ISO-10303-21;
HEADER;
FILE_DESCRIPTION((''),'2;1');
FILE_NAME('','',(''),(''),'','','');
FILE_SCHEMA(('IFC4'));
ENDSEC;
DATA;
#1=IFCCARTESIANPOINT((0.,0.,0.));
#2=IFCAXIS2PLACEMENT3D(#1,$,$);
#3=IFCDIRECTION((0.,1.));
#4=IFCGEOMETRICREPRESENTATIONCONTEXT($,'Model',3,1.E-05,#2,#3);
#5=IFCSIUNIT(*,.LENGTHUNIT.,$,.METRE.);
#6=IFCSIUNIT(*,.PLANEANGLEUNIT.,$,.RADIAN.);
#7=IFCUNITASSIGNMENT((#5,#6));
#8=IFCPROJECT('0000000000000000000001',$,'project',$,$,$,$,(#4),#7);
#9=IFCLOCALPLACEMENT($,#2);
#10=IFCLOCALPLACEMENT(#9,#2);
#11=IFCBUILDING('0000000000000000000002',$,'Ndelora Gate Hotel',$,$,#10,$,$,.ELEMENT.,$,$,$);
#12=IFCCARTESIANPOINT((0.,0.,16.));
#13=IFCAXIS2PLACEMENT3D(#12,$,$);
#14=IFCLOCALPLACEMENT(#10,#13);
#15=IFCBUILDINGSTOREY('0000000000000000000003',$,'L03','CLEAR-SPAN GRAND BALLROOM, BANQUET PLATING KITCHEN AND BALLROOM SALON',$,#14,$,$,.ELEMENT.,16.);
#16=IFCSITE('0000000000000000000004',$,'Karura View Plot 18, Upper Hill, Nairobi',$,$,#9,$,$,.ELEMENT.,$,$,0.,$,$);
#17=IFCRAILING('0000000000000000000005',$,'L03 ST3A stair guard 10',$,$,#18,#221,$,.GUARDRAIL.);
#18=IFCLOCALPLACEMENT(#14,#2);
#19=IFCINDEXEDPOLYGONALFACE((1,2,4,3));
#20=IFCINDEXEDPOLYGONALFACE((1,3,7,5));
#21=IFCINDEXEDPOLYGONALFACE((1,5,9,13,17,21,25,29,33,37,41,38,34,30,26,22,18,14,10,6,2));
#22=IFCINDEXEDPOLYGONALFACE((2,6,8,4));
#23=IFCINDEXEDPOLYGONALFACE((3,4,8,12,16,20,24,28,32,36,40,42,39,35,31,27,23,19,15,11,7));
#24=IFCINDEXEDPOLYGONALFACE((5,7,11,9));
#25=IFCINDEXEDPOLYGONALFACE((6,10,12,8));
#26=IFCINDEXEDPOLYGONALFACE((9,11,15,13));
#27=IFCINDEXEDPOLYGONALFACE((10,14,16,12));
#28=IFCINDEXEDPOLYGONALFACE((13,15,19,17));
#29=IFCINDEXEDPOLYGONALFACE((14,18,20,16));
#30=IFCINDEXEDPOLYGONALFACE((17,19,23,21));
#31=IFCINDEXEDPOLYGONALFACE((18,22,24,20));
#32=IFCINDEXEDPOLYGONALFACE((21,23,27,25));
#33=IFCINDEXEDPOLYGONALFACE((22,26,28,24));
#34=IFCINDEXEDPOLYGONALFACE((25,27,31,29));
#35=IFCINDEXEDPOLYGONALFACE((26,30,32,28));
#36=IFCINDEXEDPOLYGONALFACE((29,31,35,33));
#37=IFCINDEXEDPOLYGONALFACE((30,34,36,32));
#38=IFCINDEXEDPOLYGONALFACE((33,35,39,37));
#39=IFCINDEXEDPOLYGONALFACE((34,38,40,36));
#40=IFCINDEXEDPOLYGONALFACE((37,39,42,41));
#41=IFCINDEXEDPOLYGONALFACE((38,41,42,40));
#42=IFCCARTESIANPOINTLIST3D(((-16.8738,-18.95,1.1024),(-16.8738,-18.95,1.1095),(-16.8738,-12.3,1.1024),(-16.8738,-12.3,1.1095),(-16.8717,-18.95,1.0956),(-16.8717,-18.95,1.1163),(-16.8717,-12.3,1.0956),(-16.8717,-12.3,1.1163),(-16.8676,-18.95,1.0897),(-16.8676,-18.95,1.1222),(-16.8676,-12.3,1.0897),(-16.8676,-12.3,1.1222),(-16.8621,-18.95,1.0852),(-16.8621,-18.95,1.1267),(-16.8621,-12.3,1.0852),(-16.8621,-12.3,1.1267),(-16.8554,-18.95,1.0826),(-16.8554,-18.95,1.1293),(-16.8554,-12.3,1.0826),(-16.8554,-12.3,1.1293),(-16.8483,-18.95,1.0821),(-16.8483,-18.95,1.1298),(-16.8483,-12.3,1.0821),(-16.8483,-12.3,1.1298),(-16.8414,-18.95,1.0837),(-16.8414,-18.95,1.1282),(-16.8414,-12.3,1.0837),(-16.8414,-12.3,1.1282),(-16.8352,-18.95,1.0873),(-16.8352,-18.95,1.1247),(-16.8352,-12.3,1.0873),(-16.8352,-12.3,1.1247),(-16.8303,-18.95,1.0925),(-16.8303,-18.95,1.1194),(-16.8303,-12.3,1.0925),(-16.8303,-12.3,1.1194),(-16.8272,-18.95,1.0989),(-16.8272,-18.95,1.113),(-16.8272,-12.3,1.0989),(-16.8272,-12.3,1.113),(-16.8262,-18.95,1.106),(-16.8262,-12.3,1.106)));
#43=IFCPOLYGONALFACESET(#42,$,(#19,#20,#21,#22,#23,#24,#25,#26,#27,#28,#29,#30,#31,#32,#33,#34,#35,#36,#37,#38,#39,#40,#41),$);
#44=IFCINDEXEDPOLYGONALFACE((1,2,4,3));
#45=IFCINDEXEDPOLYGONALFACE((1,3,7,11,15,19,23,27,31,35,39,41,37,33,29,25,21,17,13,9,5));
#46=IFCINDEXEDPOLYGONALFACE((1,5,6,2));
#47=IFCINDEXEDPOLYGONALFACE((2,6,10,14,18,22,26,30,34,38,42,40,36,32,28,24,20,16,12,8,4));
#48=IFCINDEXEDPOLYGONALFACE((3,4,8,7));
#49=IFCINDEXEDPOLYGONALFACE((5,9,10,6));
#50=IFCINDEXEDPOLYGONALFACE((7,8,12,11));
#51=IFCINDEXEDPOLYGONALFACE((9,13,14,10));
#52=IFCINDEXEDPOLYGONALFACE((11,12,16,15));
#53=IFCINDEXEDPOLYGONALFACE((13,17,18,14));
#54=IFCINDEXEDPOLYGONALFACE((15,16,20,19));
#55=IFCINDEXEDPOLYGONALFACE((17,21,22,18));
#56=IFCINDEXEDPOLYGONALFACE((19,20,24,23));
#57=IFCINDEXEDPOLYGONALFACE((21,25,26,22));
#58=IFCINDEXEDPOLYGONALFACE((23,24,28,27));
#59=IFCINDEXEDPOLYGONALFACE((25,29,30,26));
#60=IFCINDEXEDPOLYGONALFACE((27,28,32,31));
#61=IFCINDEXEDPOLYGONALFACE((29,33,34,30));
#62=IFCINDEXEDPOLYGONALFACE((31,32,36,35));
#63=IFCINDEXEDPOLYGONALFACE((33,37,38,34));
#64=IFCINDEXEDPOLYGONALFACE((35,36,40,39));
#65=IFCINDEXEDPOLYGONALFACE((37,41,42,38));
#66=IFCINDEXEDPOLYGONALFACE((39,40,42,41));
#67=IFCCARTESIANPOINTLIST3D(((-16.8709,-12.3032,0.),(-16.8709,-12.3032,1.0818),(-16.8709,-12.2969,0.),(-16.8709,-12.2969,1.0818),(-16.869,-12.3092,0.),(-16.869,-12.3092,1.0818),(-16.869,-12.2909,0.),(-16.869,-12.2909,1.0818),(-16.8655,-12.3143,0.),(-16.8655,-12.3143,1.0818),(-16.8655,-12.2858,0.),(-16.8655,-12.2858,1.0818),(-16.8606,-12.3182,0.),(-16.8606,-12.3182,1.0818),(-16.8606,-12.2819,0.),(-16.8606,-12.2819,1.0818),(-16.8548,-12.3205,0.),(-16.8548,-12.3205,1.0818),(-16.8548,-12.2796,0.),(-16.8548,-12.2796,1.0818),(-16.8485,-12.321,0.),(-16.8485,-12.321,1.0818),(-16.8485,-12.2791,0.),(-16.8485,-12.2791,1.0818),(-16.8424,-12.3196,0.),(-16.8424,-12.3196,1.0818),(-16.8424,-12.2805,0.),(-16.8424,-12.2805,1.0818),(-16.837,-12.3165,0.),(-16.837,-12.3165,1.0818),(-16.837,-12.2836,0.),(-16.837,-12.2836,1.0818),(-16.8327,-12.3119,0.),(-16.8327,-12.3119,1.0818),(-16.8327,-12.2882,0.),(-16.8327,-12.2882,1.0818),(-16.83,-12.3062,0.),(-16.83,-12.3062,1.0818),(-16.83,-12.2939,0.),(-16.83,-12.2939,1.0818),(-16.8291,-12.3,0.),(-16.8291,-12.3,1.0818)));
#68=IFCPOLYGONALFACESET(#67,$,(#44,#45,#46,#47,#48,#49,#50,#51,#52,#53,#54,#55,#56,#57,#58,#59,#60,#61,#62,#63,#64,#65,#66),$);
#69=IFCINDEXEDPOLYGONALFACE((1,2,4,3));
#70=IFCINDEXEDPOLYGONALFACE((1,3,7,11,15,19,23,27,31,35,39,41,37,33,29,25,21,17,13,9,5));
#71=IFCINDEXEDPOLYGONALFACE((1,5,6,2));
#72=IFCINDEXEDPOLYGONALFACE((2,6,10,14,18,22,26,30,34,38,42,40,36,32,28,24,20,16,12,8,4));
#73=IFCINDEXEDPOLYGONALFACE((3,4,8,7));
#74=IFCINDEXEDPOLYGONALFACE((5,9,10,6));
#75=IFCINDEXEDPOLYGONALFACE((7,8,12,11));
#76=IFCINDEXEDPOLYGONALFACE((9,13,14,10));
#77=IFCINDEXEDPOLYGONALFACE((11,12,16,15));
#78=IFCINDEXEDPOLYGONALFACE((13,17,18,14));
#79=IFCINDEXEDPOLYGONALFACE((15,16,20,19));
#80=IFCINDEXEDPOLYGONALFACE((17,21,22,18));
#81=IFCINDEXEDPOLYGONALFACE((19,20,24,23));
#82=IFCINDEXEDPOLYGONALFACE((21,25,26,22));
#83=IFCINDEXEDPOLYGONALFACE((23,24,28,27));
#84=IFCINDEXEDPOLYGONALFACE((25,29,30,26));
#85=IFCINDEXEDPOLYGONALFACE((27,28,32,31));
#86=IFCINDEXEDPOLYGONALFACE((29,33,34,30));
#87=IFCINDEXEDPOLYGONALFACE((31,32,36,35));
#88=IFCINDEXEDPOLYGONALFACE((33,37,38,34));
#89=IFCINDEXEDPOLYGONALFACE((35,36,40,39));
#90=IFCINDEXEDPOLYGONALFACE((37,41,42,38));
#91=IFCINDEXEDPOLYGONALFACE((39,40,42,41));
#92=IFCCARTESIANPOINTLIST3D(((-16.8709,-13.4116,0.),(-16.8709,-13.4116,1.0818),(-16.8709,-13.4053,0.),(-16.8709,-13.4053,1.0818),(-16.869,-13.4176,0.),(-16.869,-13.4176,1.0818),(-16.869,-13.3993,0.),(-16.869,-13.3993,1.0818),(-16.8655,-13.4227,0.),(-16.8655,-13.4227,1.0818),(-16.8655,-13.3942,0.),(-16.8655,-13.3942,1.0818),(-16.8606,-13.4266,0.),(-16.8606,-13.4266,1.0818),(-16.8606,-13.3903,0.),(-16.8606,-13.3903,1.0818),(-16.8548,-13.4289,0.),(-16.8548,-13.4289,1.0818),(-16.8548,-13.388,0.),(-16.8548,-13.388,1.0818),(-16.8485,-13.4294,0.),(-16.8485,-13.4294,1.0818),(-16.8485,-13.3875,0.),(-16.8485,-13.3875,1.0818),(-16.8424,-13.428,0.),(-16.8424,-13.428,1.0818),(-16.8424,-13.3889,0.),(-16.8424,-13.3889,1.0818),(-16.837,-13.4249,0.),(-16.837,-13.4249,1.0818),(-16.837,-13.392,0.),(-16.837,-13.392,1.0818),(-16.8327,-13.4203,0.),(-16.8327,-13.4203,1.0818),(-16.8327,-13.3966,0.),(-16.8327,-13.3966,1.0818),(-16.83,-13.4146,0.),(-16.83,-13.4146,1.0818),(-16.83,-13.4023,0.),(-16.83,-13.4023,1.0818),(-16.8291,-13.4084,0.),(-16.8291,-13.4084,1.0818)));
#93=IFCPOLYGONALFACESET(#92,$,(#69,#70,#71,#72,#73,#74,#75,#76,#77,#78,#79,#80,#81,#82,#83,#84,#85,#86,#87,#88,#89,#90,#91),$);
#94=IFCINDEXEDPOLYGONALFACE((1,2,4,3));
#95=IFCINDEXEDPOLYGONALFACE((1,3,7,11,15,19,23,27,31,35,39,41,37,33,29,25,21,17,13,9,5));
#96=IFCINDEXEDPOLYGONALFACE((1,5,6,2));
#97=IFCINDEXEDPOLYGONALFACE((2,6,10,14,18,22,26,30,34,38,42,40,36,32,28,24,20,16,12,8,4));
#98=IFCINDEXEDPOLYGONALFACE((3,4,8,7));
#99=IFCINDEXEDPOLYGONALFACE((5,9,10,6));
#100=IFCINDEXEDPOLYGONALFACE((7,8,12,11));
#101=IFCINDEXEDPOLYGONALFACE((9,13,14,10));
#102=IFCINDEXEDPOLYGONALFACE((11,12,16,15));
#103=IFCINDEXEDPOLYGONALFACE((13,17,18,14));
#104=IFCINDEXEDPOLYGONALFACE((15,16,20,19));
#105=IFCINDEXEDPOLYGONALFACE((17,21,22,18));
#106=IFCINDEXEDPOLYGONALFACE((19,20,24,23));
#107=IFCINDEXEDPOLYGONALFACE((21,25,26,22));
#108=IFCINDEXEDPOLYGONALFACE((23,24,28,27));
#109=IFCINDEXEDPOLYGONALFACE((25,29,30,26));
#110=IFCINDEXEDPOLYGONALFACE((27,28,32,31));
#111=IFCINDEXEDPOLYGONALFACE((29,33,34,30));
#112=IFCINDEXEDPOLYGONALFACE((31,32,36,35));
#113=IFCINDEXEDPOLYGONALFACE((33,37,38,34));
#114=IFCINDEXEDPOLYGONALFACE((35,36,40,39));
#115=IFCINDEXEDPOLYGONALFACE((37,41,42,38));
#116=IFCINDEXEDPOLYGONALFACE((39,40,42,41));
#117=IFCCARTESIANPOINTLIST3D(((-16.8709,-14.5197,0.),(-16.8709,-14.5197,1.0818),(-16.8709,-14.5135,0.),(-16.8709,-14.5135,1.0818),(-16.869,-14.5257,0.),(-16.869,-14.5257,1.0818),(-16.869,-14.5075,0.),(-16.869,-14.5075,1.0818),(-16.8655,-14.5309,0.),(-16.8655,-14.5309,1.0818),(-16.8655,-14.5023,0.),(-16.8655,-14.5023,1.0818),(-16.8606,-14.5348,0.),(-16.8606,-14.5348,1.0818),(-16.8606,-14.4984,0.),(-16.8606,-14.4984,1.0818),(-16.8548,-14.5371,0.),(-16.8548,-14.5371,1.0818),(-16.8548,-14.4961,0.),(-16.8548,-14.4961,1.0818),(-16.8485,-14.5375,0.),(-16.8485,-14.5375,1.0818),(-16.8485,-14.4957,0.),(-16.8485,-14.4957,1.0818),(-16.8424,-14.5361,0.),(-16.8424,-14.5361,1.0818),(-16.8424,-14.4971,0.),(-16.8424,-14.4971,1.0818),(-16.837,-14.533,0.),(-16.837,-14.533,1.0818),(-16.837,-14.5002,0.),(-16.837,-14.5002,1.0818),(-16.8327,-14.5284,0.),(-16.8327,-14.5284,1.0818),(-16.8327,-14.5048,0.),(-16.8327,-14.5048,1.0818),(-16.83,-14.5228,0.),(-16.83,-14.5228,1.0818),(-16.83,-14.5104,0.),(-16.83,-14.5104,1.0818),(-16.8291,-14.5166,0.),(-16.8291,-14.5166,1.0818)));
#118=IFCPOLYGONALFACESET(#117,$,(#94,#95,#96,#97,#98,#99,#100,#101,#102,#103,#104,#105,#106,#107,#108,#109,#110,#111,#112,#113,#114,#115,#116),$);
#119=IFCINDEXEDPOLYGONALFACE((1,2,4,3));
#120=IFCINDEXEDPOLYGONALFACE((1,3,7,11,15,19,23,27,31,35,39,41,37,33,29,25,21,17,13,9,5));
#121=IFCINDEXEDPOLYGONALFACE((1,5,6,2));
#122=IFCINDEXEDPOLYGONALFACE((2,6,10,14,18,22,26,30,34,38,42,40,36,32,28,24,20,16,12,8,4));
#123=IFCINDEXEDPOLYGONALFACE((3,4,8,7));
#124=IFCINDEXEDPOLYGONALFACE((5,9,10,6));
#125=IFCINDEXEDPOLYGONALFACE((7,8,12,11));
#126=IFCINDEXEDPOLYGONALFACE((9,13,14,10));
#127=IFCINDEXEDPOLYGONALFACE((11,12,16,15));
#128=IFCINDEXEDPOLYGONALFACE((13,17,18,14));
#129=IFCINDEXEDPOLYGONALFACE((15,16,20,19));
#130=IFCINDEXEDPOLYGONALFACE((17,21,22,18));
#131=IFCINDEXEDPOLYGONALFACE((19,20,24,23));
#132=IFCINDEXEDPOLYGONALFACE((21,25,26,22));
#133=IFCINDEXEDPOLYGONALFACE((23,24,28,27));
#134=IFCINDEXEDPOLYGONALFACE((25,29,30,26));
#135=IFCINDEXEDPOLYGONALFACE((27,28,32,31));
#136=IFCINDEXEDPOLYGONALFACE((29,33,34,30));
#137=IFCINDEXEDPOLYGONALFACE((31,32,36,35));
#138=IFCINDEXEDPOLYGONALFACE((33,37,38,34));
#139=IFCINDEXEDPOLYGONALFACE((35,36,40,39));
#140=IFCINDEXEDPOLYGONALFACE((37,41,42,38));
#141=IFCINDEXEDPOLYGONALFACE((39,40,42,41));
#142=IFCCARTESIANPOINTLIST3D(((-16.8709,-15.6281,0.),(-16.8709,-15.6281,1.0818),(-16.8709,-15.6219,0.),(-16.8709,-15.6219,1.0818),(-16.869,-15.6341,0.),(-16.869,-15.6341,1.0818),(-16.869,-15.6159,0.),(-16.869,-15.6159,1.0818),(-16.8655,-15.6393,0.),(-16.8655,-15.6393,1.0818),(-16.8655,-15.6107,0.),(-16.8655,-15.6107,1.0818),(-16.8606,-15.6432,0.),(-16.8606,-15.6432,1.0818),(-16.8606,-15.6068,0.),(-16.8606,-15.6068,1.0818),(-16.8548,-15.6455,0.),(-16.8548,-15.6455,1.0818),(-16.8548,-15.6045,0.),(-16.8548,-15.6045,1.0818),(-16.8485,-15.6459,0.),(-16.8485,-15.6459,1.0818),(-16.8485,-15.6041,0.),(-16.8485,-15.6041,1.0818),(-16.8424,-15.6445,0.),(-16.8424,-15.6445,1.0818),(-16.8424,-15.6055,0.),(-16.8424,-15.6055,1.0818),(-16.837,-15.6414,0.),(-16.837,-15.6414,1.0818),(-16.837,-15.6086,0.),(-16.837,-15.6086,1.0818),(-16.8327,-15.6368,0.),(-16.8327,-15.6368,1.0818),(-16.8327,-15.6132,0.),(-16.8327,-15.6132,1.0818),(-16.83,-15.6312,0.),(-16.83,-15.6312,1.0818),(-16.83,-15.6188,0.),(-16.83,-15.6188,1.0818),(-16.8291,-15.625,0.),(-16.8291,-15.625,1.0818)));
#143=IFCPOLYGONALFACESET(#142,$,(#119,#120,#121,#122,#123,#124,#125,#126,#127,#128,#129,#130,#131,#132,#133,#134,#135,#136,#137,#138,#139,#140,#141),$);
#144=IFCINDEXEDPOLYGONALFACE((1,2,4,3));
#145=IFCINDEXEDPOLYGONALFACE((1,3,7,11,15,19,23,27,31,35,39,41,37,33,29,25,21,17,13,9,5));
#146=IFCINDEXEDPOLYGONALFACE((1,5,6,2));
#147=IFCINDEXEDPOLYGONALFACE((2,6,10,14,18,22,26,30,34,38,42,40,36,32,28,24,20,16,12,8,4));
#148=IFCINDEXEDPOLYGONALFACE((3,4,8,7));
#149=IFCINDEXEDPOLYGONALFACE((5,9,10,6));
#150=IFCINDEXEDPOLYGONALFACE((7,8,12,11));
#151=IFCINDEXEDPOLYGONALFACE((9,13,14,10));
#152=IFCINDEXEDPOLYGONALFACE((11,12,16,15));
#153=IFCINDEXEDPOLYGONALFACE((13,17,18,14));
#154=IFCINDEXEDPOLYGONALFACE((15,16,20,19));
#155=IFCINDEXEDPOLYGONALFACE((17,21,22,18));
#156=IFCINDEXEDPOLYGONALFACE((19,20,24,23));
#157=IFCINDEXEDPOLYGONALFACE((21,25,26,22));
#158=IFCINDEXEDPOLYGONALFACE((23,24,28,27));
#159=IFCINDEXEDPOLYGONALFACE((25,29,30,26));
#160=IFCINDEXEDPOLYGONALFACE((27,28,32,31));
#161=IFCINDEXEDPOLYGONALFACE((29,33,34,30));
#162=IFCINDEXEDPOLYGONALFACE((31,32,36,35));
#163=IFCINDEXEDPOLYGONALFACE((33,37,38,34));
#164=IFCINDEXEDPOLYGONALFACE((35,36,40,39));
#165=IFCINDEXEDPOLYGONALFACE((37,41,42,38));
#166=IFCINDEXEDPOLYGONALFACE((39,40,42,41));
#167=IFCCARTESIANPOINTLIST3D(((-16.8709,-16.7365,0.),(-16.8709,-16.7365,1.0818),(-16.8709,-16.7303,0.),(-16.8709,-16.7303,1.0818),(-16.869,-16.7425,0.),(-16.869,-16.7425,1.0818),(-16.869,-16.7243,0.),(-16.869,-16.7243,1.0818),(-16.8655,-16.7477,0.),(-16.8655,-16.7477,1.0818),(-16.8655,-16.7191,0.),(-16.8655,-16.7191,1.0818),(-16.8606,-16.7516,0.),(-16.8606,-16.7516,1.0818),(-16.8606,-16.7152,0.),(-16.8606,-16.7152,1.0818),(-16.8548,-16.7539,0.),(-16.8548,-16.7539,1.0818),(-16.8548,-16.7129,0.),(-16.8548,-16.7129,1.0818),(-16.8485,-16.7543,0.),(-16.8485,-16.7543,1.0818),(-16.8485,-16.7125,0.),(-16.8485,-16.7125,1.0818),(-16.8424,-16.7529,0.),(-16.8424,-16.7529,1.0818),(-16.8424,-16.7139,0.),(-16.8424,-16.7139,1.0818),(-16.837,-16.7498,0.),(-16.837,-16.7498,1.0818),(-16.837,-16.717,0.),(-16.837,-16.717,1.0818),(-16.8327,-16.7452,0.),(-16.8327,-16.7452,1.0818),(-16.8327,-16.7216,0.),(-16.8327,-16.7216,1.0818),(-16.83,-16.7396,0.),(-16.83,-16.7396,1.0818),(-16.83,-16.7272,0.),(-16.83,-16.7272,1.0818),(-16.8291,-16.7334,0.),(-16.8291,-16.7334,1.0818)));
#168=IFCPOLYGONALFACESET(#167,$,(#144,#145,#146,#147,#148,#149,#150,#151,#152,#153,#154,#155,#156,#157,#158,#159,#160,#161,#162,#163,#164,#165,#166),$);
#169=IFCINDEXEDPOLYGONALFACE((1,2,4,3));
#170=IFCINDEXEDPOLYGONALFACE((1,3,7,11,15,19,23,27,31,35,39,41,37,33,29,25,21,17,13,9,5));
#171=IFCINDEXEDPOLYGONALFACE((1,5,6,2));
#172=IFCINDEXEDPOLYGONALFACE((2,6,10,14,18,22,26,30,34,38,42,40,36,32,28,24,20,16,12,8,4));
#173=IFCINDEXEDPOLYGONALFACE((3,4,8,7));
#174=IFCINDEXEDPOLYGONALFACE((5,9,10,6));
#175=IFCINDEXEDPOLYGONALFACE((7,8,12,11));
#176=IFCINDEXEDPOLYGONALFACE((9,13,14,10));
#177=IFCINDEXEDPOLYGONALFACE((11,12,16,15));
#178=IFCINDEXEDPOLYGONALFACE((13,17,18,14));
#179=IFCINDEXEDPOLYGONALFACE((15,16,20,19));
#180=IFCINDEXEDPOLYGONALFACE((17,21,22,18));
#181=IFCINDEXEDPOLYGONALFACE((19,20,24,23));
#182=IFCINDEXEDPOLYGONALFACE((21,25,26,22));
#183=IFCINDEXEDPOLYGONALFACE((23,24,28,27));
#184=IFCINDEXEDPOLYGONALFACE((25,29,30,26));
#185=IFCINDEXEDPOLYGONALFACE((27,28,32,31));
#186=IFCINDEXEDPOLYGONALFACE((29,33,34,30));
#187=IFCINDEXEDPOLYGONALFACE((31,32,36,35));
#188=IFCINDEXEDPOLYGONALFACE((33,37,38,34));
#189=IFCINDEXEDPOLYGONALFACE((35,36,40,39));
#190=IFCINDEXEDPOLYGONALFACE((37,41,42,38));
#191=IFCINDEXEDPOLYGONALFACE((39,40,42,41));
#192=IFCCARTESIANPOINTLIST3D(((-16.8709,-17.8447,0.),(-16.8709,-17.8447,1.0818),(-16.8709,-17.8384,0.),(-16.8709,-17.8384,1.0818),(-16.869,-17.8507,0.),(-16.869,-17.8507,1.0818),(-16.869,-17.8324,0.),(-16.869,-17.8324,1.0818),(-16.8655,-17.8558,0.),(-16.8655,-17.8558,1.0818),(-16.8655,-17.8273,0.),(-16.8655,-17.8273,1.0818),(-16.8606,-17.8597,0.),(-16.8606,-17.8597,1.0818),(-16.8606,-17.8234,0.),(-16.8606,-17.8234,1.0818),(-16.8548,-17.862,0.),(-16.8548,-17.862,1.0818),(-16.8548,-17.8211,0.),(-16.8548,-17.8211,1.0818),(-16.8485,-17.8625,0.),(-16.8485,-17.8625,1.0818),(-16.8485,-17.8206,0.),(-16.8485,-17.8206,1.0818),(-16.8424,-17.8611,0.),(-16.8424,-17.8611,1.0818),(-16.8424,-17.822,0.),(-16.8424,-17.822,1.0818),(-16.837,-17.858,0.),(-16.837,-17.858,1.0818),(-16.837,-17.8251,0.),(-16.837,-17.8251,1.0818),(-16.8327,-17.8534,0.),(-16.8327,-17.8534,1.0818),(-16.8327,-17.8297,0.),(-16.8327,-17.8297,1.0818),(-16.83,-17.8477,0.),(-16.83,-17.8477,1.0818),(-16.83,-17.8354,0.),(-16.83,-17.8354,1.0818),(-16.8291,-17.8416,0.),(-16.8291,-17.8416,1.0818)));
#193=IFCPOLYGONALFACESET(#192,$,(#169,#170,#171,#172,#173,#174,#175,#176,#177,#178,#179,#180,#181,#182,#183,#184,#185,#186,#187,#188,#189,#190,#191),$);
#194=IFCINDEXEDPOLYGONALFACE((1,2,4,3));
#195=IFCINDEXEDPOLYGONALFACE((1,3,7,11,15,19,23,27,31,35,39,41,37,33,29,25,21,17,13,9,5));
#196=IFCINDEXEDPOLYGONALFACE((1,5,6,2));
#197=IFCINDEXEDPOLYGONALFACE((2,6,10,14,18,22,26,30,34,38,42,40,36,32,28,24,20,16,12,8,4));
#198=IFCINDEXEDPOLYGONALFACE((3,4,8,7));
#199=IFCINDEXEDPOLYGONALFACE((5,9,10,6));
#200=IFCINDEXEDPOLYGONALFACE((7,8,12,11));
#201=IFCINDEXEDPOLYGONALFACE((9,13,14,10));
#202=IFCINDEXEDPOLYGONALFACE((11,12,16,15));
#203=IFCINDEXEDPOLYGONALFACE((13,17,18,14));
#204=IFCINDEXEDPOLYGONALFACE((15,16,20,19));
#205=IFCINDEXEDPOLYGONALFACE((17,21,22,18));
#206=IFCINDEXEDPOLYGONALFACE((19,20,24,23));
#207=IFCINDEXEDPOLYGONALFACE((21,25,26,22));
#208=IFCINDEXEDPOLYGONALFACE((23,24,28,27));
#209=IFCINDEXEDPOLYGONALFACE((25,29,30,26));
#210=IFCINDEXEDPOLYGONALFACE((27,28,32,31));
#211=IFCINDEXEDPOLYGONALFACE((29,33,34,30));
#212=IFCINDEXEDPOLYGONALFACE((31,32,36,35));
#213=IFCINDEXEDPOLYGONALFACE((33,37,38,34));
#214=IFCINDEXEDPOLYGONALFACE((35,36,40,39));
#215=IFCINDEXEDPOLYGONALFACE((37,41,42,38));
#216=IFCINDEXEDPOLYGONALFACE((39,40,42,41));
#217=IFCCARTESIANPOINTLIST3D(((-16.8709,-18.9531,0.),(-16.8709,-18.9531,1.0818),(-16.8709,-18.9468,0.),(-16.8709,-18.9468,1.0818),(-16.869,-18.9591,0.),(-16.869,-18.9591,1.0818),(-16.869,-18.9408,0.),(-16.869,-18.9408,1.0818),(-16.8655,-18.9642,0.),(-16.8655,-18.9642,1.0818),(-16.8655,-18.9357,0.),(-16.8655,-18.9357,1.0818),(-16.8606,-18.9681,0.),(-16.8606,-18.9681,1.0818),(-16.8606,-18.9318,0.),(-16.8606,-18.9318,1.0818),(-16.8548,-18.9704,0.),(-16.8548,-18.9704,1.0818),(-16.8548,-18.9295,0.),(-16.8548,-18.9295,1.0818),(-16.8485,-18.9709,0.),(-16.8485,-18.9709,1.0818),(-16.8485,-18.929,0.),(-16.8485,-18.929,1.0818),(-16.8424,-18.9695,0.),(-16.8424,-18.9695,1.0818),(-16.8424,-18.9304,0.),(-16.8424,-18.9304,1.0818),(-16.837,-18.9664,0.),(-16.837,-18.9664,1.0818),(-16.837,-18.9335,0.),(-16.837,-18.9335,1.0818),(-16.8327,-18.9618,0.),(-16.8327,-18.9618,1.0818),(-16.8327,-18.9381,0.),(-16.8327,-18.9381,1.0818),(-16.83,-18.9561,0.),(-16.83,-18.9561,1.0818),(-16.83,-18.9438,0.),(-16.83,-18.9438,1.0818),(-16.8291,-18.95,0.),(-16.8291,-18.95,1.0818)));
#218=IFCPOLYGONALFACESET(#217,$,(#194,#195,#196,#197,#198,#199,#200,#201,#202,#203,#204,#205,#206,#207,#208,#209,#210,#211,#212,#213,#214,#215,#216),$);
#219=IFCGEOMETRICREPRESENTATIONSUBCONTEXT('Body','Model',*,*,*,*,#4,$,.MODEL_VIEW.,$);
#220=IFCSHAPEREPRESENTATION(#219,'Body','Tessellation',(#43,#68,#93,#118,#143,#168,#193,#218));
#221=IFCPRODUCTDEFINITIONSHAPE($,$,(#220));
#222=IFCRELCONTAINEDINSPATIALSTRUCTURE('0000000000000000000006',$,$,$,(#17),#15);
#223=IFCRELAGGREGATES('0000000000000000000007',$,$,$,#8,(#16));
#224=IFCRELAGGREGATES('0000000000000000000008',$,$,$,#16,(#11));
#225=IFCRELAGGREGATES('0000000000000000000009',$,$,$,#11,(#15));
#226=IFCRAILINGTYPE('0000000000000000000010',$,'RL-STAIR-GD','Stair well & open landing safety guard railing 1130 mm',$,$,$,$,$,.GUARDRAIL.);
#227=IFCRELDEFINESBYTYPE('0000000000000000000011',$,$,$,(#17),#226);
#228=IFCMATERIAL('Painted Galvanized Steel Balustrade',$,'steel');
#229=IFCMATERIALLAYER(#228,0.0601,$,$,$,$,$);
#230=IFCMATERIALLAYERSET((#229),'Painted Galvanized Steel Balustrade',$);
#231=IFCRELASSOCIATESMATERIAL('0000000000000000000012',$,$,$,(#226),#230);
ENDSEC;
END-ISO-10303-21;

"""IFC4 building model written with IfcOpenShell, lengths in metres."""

from ifc_helpers import new_model, si_unit, direction, frame, origin, origin_2d, place, context, subcontext, project, spatial, circle, extrude, material, layer, layer_set, type_object, element, save


model = new_model("IFC4")

# Units and contexts
model_context = context("Model", 3, precision=1e-05, world=origin(), true_north=direction((0.0, 1.0)))
body_context = subcontext(model_context, "Body", "Model", "MODEL_VIEW")
ifc_project = project(units=[si_unit("LENGTHUNIT", "METRE"), si_unit("PLANEANGLEUNIT", "RADIAN")], contexts=[model_context])

# Site, building, storey
site_placement = place(None, origin())
site = spatial("IfcSite", under=ifc_project, at=site_placement, Name="Karura View Plot 18, Upper Hill, Nairobi", CompositionType="ELEMENT", RefElevation=0.0)
building_placement = place(site_placement, origin())
building = spatial("IfcBuilding", under=site, at=building_placement, Name="Ndelora Gate Hotel", CompositionType="ELEMENT")
storey_placement = place(building_placement, frame((0.0, 0.0, 16.0)))
storey = spatial("IfcBuildingStorey", under=building, at=storey_placement, Name="L03", Description="CLEAR-SPAN GRAND BALLROOM, BANQUET PLATING KITCHEN AND BALLROOM SALON", CompositionType="ELEMENT", Elevation=16.0)

# Railing
ifc_material_1 = material(Name="Painted Galvanized Steel Balustrade", Category="steel")
ifc_layer_1 = layer(ifc_material_1, 0.0601)
ifc_layer_set_1 = layer_set([ifc_layer_1], Name="Painted Galvanized Steel Balustrade")
railing_type_1 = type_object("IfcRailingType", Name="RL-STAIR-GD", Description="Stair well & open landing safety guard railing 1130 mm", PredefinedType="GUARDRAIL", material=ifc_layer_set_1)
railing_1_placement = place(storey_placement, frame((-16.8501, -12.3, 0.0)))
element("IfcRailing", 1, at=railing_1_placement, inside=storey, type_object=railing_type_1, Name="L03 ST3A stair guard 10", PredefinedType="GUARDRAIL", context=body_context, shape_type="SweptSolid", body=[
    extrude(circle(Radius=0.0239, at=origin_2d()), frame((0.0, 0.0, 1.106), z_axis=(0.0, -1.0, 0.0), x_axis=(1.0, 0.0, 0.0)), (0.0, 0.0, 1.0), 6.6499),
    extrude(circle(Radius=0.021, at=origin_2d()), origin(), (0.0, 0.0, 1.0), 1.0818),
    extrude(circle(Radius=0.021, at=origin_2d()), frame((0.0, -1.1084, 0.0)), (0.0, 0.0, 1.0), 1.0818),
    extrude(circle(Radius=0.021, at=origin_2d()), frame((0.0, -2.2166, 0.0)), (0.0, 0.0, 1.0), 1.0818),
    extrude(circle(Radius=0.021, at=origin_2d()), frame((0.0, -3.325, 0.0)), (0.0, 0.0, 1.0), 1.0818),
    extrude(circle(Radius=0.021, at=origin_2d()), frame((0.0, -4.4333, 0.0)), (0.0, 0.0, 1.0), 1.0818),
    extrude(circle(Radius=0.021, at=origin_2d()), frame((0.0, -5.5415, 0.0)), (0.0, 0.0, 1.0), 1.0818),
    extrude(circle(Radius=0.021, at=origin_2d()), frame((0.0, -6.6499, 0.0)), (0.0, 0.0, 1.0), 1.0818),
])

save(model, "model.ifc")
